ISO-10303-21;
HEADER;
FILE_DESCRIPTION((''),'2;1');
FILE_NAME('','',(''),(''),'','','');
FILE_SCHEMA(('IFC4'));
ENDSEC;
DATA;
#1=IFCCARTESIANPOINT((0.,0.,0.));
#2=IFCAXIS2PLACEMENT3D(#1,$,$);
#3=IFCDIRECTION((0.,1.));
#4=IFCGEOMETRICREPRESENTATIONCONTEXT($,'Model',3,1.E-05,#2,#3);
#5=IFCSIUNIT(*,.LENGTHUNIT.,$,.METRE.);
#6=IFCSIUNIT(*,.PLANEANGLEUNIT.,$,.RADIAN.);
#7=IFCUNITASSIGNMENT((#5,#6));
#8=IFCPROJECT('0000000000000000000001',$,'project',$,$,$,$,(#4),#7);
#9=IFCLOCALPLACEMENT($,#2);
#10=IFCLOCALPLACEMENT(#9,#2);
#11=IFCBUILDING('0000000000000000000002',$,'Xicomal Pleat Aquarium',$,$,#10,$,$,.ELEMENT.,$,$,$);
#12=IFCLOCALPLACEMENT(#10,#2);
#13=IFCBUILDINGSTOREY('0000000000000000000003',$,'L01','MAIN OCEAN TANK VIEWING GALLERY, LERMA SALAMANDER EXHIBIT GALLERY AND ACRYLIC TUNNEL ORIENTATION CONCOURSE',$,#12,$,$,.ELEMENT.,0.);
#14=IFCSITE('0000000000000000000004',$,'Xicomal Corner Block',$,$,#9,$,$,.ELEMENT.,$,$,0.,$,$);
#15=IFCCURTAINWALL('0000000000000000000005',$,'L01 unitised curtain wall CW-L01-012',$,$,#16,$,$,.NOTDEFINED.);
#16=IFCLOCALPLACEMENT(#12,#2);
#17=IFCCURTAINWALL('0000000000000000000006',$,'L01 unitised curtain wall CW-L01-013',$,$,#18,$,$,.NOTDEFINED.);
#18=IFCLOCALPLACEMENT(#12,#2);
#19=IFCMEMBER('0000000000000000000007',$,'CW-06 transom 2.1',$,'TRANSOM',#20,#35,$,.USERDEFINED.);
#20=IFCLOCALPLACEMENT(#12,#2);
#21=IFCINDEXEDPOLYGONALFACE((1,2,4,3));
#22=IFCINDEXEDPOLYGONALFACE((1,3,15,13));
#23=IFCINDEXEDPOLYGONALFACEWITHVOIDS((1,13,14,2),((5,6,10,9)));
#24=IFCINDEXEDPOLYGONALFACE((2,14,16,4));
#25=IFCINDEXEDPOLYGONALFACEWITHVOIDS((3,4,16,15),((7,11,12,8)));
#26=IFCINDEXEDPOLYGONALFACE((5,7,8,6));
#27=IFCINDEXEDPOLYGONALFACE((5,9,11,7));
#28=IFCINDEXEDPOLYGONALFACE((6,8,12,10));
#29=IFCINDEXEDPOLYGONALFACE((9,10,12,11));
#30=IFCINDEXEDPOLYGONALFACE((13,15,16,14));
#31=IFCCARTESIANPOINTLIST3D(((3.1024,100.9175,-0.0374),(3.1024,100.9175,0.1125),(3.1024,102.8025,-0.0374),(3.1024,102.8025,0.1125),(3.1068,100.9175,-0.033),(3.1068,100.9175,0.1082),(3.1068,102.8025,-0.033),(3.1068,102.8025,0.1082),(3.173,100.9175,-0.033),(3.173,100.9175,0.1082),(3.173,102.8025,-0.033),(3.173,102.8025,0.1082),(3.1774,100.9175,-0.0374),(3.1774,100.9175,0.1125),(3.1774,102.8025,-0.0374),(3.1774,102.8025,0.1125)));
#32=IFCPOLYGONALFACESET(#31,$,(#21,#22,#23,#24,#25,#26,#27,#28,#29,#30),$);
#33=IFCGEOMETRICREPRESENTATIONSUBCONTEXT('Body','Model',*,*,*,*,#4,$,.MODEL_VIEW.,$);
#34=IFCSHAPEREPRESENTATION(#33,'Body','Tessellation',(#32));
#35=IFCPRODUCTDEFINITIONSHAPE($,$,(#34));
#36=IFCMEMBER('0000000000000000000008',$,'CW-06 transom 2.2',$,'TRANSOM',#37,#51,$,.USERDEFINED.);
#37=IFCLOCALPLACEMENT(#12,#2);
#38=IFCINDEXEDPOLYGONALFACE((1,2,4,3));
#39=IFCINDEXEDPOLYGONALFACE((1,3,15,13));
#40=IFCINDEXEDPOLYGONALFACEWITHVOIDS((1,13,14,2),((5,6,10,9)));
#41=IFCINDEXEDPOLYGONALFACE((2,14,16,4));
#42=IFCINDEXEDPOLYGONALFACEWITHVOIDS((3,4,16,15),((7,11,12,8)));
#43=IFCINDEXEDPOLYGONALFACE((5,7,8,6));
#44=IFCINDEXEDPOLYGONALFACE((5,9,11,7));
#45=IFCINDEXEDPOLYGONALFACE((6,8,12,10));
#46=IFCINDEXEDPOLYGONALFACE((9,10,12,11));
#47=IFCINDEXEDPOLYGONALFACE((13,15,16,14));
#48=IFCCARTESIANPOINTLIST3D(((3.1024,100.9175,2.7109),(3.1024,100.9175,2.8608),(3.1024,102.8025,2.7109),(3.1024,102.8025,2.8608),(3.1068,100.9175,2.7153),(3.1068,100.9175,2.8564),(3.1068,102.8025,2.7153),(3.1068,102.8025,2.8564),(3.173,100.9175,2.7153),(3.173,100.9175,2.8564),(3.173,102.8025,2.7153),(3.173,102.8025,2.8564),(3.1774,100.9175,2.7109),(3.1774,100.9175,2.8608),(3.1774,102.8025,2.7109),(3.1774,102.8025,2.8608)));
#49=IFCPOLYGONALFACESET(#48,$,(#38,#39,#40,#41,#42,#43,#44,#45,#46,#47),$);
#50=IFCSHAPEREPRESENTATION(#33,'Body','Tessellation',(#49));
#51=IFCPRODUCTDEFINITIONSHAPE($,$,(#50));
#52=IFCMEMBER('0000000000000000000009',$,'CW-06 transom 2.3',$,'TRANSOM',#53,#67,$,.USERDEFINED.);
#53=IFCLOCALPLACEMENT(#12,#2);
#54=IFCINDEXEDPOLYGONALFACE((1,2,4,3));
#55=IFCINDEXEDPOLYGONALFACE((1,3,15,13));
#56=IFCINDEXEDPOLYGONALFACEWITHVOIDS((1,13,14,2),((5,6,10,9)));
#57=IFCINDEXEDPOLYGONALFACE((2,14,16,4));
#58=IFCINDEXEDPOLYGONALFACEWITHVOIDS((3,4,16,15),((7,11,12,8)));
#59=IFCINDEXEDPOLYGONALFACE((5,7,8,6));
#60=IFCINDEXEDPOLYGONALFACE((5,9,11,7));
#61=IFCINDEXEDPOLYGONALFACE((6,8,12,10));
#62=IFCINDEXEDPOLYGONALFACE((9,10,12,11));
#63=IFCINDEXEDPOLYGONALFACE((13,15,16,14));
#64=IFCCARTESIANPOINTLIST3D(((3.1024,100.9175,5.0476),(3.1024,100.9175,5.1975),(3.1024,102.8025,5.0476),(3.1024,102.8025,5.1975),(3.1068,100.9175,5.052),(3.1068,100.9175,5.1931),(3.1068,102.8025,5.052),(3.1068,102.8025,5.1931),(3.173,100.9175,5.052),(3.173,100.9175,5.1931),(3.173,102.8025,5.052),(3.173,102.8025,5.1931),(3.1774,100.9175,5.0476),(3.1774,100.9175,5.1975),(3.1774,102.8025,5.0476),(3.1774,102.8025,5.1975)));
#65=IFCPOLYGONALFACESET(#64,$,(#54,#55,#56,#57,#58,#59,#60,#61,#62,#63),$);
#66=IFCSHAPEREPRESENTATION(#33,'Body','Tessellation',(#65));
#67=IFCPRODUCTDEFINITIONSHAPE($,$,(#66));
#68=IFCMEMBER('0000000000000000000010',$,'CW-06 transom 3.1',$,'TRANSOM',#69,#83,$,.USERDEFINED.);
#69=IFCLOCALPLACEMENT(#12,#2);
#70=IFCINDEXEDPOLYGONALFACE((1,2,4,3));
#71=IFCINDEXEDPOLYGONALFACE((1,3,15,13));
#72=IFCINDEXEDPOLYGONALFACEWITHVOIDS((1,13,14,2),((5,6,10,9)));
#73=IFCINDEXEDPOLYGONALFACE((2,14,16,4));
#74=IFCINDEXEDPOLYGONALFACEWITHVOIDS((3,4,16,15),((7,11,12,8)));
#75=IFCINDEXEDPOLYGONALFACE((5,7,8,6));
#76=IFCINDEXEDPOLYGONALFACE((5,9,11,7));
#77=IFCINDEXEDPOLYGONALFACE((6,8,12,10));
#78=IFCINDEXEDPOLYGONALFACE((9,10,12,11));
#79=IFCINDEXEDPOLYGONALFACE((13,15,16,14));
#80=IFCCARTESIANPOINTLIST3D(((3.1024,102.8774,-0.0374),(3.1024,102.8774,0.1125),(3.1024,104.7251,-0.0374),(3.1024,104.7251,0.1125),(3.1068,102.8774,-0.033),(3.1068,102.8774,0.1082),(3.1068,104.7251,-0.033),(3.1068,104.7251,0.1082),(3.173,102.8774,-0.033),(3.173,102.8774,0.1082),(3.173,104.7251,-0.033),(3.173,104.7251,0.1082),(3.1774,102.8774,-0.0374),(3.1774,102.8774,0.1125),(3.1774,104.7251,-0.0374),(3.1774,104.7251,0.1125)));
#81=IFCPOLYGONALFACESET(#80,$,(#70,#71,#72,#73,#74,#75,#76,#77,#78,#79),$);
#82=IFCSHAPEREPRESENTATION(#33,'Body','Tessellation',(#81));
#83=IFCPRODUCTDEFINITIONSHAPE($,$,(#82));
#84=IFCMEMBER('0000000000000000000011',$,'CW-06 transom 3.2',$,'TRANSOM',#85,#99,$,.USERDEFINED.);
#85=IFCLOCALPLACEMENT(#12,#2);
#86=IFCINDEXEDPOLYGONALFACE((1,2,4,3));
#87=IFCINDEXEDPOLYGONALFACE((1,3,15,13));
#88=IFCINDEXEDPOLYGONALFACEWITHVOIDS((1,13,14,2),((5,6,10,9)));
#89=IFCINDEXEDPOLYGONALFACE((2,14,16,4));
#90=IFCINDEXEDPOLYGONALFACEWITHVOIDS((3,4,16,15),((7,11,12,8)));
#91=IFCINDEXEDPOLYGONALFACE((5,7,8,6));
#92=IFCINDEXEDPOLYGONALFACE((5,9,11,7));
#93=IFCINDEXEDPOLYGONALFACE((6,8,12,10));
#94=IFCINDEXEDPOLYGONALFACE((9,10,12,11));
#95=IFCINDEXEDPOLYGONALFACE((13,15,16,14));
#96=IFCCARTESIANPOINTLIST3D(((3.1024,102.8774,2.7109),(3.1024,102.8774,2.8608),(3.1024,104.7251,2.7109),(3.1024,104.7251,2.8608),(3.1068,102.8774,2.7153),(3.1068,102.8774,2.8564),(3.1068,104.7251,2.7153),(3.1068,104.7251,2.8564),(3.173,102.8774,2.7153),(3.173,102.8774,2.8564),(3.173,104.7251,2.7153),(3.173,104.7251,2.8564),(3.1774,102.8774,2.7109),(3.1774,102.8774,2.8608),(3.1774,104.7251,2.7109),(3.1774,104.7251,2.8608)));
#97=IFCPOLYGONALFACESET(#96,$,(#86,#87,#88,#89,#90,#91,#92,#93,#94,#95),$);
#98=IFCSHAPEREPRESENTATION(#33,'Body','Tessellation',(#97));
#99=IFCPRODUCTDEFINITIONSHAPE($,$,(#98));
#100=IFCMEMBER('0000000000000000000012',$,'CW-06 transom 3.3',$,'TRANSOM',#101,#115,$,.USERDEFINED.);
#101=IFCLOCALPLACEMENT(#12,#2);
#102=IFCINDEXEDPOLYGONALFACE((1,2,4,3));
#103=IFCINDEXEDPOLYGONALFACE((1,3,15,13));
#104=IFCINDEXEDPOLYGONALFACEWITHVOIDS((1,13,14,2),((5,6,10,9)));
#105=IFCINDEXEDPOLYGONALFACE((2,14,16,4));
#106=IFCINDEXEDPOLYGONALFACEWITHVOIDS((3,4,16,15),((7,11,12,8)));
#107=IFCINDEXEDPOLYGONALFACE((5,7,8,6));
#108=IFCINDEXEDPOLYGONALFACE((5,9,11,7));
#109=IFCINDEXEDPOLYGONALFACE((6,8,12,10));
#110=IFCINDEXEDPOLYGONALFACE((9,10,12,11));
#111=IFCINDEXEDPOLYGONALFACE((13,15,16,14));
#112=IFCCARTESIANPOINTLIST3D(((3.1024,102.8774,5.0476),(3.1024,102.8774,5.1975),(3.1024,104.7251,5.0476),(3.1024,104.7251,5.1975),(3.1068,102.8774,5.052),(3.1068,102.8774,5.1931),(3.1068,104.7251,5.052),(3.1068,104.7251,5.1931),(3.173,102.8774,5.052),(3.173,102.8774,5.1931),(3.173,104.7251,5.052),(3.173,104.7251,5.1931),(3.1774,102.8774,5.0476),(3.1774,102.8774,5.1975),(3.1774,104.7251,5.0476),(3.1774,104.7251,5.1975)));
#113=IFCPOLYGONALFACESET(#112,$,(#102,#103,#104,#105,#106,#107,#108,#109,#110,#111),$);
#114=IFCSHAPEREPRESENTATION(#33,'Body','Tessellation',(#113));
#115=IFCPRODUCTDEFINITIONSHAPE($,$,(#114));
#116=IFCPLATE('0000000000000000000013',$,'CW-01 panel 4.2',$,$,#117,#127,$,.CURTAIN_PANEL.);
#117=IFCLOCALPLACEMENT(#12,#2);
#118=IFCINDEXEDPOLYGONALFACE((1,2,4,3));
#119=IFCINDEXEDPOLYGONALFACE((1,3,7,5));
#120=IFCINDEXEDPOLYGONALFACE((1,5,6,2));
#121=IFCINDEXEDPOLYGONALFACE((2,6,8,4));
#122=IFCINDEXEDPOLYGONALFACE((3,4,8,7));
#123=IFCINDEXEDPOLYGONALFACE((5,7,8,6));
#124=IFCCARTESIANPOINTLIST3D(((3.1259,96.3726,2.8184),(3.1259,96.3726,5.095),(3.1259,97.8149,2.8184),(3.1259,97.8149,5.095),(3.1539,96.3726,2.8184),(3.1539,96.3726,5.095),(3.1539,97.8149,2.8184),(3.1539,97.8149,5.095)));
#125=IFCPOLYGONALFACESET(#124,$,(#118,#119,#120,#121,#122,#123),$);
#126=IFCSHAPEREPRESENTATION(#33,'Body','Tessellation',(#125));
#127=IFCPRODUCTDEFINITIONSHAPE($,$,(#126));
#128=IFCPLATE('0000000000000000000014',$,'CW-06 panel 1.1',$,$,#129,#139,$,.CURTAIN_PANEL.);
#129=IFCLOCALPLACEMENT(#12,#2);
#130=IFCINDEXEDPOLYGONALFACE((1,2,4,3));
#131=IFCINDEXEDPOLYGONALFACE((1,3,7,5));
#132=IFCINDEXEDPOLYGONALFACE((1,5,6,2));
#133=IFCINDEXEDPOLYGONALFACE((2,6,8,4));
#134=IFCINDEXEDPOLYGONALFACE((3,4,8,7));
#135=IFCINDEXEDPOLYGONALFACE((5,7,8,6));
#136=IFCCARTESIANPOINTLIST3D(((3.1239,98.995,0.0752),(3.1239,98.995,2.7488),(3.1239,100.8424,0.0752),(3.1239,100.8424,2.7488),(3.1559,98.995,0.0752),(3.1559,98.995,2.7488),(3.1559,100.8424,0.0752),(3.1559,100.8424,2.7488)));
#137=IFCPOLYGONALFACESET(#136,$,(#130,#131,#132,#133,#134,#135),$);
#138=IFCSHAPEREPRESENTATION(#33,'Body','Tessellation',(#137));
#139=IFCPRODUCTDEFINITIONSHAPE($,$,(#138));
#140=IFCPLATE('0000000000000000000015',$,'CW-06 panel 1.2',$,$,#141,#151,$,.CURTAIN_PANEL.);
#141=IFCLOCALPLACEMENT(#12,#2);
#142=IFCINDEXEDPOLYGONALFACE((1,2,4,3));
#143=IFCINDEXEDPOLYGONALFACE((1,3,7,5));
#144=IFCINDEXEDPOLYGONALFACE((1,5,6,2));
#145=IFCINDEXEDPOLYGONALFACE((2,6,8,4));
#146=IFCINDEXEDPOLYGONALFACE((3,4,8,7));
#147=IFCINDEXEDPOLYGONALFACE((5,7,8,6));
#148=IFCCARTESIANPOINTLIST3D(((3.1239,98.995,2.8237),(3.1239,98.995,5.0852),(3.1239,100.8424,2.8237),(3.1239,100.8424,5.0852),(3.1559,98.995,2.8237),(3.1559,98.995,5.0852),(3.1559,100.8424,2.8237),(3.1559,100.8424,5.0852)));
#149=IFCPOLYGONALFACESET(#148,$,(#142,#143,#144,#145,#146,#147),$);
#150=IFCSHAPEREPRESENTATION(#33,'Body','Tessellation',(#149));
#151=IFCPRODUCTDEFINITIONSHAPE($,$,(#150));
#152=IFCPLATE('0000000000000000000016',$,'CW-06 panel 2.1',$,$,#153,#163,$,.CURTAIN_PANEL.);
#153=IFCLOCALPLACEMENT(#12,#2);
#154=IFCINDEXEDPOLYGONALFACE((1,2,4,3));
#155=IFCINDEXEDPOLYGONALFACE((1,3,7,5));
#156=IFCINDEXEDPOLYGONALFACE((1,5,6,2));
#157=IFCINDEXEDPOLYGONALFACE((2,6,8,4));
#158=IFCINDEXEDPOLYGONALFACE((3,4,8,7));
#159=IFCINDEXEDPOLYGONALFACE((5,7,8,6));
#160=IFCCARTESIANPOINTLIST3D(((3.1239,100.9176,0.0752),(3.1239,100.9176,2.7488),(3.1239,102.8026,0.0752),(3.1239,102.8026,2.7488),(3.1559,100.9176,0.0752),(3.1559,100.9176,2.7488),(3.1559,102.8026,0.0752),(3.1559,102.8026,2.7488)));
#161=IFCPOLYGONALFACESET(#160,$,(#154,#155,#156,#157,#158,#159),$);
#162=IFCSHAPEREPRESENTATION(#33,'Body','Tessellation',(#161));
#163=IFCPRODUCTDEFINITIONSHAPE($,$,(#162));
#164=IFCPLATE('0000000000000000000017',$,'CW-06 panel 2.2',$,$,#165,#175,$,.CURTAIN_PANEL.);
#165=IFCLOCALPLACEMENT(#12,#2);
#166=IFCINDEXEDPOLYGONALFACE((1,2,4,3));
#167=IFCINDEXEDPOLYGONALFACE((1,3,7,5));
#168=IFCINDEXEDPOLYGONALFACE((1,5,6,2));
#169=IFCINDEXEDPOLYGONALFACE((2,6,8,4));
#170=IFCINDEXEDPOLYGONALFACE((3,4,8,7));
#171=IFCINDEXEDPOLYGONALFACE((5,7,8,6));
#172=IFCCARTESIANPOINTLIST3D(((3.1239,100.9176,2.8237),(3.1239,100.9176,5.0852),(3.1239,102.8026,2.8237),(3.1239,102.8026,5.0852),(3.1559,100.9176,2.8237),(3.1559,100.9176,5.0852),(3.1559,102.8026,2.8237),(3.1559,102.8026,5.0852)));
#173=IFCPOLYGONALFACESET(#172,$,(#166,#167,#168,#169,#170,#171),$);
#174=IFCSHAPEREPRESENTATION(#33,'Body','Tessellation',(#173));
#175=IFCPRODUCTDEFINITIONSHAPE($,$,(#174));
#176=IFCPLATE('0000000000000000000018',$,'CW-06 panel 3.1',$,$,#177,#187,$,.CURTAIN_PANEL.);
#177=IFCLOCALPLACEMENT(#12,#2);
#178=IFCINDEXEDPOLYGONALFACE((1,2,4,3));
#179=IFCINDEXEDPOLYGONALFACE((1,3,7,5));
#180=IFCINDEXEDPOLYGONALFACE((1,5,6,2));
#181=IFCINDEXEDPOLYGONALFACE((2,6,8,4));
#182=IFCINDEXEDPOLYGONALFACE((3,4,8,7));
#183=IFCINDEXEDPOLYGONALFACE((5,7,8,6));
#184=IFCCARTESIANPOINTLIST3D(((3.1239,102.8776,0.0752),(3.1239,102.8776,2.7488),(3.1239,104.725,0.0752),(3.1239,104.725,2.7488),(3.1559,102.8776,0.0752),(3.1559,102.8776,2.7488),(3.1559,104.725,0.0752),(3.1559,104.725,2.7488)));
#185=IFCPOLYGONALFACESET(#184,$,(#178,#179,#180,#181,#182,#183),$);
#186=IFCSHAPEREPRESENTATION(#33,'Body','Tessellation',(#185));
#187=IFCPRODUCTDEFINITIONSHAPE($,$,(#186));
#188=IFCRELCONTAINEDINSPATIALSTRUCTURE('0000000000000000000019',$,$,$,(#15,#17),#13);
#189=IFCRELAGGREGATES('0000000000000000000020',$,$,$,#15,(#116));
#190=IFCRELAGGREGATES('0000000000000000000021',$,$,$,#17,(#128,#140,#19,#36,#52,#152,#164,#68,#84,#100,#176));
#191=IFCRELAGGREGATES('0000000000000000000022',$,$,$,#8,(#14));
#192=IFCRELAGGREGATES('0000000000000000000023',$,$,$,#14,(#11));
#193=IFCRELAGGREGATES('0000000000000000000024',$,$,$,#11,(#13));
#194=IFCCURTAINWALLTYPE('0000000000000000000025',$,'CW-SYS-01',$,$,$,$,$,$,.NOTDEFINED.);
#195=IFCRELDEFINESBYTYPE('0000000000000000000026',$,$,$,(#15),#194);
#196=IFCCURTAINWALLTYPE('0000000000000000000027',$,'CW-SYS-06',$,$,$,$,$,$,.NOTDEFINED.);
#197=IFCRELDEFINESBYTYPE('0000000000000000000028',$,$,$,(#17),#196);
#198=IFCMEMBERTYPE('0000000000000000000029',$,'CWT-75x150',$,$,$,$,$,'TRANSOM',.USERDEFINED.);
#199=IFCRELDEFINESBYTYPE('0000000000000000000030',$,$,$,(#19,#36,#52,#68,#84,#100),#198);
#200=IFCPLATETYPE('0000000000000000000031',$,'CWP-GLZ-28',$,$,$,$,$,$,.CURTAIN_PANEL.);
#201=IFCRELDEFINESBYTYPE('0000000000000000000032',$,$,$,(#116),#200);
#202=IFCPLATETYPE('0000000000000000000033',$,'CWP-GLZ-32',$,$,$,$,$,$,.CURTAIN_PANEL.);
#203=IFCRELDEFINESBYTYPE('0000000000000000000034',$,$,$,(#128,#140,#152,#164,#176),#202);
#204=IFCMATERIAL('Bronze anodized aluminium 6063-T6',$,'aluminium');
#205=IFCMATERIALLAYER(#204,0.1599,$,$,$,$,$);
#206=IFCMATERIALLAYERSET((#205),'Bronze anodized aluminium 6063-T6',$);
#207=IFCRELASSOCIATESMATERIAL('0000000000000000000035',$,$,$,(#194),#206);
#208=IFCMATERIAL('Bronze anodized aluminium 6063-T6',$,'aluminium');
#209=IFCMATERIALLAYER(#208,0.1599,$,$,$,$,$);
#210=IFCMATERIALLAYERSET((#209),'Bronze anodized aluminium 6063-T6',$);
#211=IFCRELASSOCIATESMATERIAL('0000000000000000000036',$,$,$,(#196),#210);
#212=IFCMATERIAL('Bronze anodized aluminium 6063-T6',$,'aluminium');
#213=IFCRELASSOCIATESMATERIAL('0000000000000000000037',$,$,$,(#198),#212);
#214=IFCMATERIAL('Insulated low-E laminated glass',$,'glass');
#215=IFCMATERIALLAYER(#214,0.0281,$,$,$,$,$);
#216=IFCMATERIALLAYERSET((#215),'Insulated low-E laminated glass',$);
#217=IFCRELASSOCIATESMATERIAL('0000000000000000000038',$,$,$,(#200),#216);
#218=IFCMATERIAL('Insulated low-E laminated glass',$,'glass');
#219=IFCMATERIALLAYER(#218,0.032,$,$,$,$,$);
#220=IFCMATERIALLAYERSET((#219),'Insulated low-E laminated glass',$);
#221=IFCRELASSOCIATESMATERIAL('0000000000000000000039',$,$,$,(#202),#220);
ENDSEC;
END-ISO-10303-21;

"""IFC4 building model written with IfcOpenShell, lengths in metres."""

from ifc_helpers import new_model, si_unit, direction, frame, origin, origin_2d, place, context, subcontext, project, spatial, rectangle, hollow_rectangle, extrude, material, layer, layer_set, material_profile, profile_set, type_object, element, aggregate, save


model = new_model("IFC4")

# Units and contexts
model_context = context("Model", 3, precision=1e-05, world=origin(), true_north=direction((0.0, 1.0)))
body_context = subcontext(model_context, "Body", "Model", "MODEL_VIEW")
ifc_project = project(units=[si_unit("LENGTHUNIT", "METRE"), si_unit("PLANEANGLEUNIT", "RADIAN")], contexts=[model_context])

# Site, building, storey
site_placement = place(None, origin())
site = spatial("IfcSite", under=ifc_project, at=site_placement, Name="Xicomal Corner Block", CompositionType="ELEMENT", RefElevation=0.0)
building_placement = place(site_placement, origin())
building = spatial("IfcBuilding", under=site, at=building_placement, Name="Xicomal Pleat Aquarium", CompositionType="ELEMENT")
storey_placement = place(building_placement, origin())
storey = spatial("IfcBuildingStorey", under=building, at=storey_placement, Name="L01", Description="MAIN OCEAN TANK VIEWING GALLERY, LERMA SALAMANDER EXHIBIT GALLERY AND ACRYLIC TUNNEL ORIENTATION CONCOURSE", CompositionType="ELEMENT", Elevation=0.0)

# Curtain wall
ifc_material_1 = material(Name="Bronze anodized aluminium 6063-T6", Category="aluminium")
ifc_layer_1 = layer(ifc_material_1, 0.1599)
ifc_layer_set_1 = layer_set([ifc_layer_1], Name="Bronze anodized aluminium 6063-T6")
curtain_wall_type_1 = type_object("IfcCurtainWallType", Name="CW-SYS-01", PredefinedType="NOTDEFINED", material=ifc_layer_set_1)
curtain_wall_1_placement = place(storey_placement, origin())
curtain_wall_1 = element("IfcCurtainWall", 1, at=curtain_wall_1_placement, inside=storey, type_object=curtain_wall_type_1, Name="L01 unitised curtain wall CW-L01-012", PredefinedType="NOTDEFINED")

# Curtain wall, members
ifc_material_2 = material(Name="Bronze anodized aluminium 6063-T6", Category="aluminium")
ifc_layer_2 = layer(ifc_material_2, 0.1599)
ifc_layer_set_2 = layer_set([ifc_layer_2], Name="Bronze anodized aluminium 6063-T6")
curtain_wall_type_2 = type_object("IfcCurtainWallType", Name="CW-SYS-06", PredefinedType="NOTDEFINED", material=ifc_layer_set_2)
curtain_wall_2_placement = place(storey_placement, origin())
curtain_wall_2 = element("IfcCurtainWall", 2, at=curtain_wall_2_placement, inside=storey, type_object=curtain_wall_type_2, Name="L01 unitised curtain wall CW-L01-013", PredefinedType="NOTDEFINED")
ifc_material_3 = material(Name="Bronze anodized aluminium 6063-T6", Category="aluminium")
ifc_material_profile_1 = material_profile(ifc_material_3, hollow_rectangle(XDim=0.075, YDim=0.1499, WallThickness=0.0044, at=origin_2d()), Name="ALU TRAN 75x150")
ifc_profile_set_1 = profile_set([ifc_material_profile_1], Name="Bronze anodized aluminium 6063-T6")
member_type_1 = type_object("IfcMemberType", Name="CWT-75x150", ElementType="TRANSOM", PredefinedType="USERDEFINED", material=ifc_profile_set_1)
member_1_placement = place(storey_placement, frame((3.1399, 100.9175, 0.0376), z_axis=(0.0, 1.0, 0.0), x_axis=(-1.0, 0.0, 0.0)))
member_1 = element("IfcMember", 3, at=member_1_placement, type_object=member_type_1, Name="CW-06 transom 2.1", ObjectType="TRANSOM", PredefinedType="USERDEFINED", context=body_context, shape_type="SweptSolid", body=[
    extrude(hollow_rectangle(XDim=0.075, YDim=0.1499, WallThickness=0.0044, at=origin_2d()), origin(), (0.0, 0.0, 1.0), 1.885),
])
member_2_placement = place(storey_placement, frame((3.1399, 100.9175, 2.7859), z_axis=(0.0, 1.0, 0.0), x_axis=(-1.0, 0.0, 0.0)))
member_2 = element("IfcMember", 4, at=member_2_placement, type_object=member_type_1, Name="CW-06 transom 2.2", ObjectType="TRANSOM", PredefinedType="USERDEFINED", context=body_context, shape_type="SweptSolid", body=[
    extrude(hollow_rectangle(XDim=0.075, YDim=0.1499, WallThickness=0.0044, at=origin_2d()), origin(), (0.0, 0.0, 1.0), 1.885),
])
member_3_placement = place(storey_placement, frame((3.1399, 100.9175, 5.1226), z_axis=(0.0, 1.0, 0.0), x_axis=(-1.0, 0.0, 0.0)))
member_3 = element("IfcMember", 5, at=member_3_placement, type_object=member_type_1, Name="CW-06 transom 2.3", ObjectType="TRANSOM", PredefinedType="USERDEFINED", context=body_context, shape_type="SweptSolid", body=[
    extrude(hollow_rectangle(XDim=0.075, YDim=0.1499, WallThickness=0.0044, at=origin_2d()), origin(), (0.0, 0.0, 1.0), 1.885),
])
member_4_placement = place(storey_placement, frame((3.1399, 102.8774, 0.0376), z_axis=(0.0, 1.0, 0.0), x_axis=(-1.0, 0.0, 0.0)))
member_4 = element("IfcMember", 6, at=member_4_placement, type_object=member_type_1, Name="CW-06 transom 3.1", ObjectType="TRANSOM", PredefinedType="USERDEFINED", context=body_context, shape_type="SweptSolid", body=[
    extrude(hollow_rectangle(XDim=0.075, YDim=0.1499, WallThickness=0.0044, at=origin_2d()), origin(), (0.0, 0.0, 1.0), 1.8477),
])
member_5_placement = place(storey_placement, frame((3.1399, 102.8774, 2.7859), z_axis=(0.0, 1.0, 0.0), x_axis=(-1.0, 0.0, 0.0)))
member_5 = element("IfcMember", 7, at=member_5_placement, type_object=member_type_1, Name="CW-06 transom 3.2", ObjectType="TRANSOM", PredefinedType="USERDEFINED", context=body_context, shape_type="SweptSolid", body=[
    extrude(hollow_rectangle(XDim=0.075, YDim=0.1499, WallThickness=0.0044, at=origin_2d()), origin(), (0.0, 0.0, 1.0), 1.8477),
])
member_6_placement = place(storey_placement, frame((3.1399, 102.8774, 5.1226), z_axis=(0.0, 1.0, 0.0), x_axis=(-1.0, 0.0, 0.0)))
member_6 = element("IfcMember", 8, at=member_6_placement, type_object=member_type_1, Name="CW-06 transom 3.3", ObjectType="TRANSOM", PredefinedType="USERDEFINED", context=body_context, shape_type="SweptSolid", body=[
    extrude(hollow_rectangle(XDim=0.075, YDim=0.1499, WallThickness=0.0044, at=origin_2d()), origin(), (0.0, 0.0, 1.0), 1.8477),
])

# Plates
ifc_material_4 = material(Name="Insulated low-E laminated glass", Category="glass")
ifc_layer_3 = layer(ifc_material_4, 0.0281)
ifc_layer_set_3 = layer_set([ifc_layer_3], Name="Insulated low-E laminated glass")
plate_type_1 = type_object("IfcPlateType", Name="CWP-GLZ-28", PredefinedType="CURTAIN_PANEL", material=ifc_layer_set_3)
plate_1_placement = place(storey_placement, frame((3.1399, 97.0938, 2.8184), z_axis=(0.0, 0.0, 1.0), x_axis=(0.0, 1.0, 0.0)))
plate_1 = element("IfcPlate", 9, at=plate_1_placement, type_object=plate_type_1, Name="CW-01 panel 4.2", PredefinedType="CURTAIN_PANEL", context=body_context, shape_type="SweptSolid", body=[
    extrude(rectangle(XDim=1.4424, YDim=0.0281, at=origin_2d()), origin(), (0.0, 0.0, 1.0), 2.2766),
])
aggregate(curtain_wall_1, [plate_1])
ifc_material_5 = material(Name="Insulated low-E laminated glass", Category="glass")
ifc_layer_4 = layer(ifc_material_5, 0.032)
ifc_layer_set_4 = layer_set([ifc_layer_4], Name="Insulated low-E laminated glass")
plate_type_2 = type_object("IfcPlateType", Name="CWP-GLZ-32", PredefinedType="CURTAIN_PANEL", material=ifc_layer_set_4)
plate_2_placement = place(storey_placement, frame((3.1399, 99.9187, 0.0752), z_axis=(0.0, 0.0, 1.0), x_axis=(0.0, 1.0, 0.0)))
plate_2 = element("IfcPlate", 10, at=plate_2_placement, type_object=plate_type_2, Name="CW-06 panel 1.1", PredefinedType="CURTAIN_PANEL", context=body_context, shape_type="SweptSolid", body=[
    extrude(rectangle(XDim=1.8474, YDim=0.032, at=origin_2d()), origin(), (0.0, 0.0, 1.0), 2.6736),
])
plate_3_placement = place(storey_placement, frame((3.1399, 99.9187, 2.8237), z_axis=(0.0, 0.0, 1.0), x_axis=(0.0, 1.0, 0.0)))
plate_3 = element("IfcPlate", 11, at=plate_3_placement, type_object=plate_type_2, Name="CW-06 panel 1.2", PredefinedType="CURTAIN_PANEL", context=body_context, shape_type="SweptSolid", body=[
    extrude(rectangle(XDim=1.8474, YDim=0.032, at=origin_2d()), origin(), (0.0, 0.0, 1.0), 2.2615),
])
plate_4_placement = place(storey_placement, frame((3.1399, 101.8601, 0.0752), z_axis=(0.0, 0.0, 1.0), x_axis=(0.0, 1.0, 0.0)))
plate_4 = element("IfcPlate", 12, at=plate_4_placement, type_object=plate_type_2, Name="CW-06 panel 2.1", PredefinedType="CURTAIN_PANEL", context=body_context, shape_type="SweptSolid", body=[
    extrude(rectangle(XDim=1.885, YDim=0.032, at=origin_2d()), origin(), (0.0, 0.0, 1.0), 2.6736),
])
plate_5_placement = place(storey_placement, frame((3.1399, 101.8601, 2.8237), z_axis=(0.0, 0.0, 1.0), x_axis=(0.0, 1.0, 0.0)))
plate_5 = element("IfcPlate", 13, at=plate_5_placement, type_object=plate_type_2, Name="CW-06 panel 2.2", PredefinedType="CURTAIN_PANEL", context=body_context, shape_type="SweptSolid", body=[
    extrude(rectangle(XDim=1.885, YDim=0.032, at=origin_2d()), origin(), (0.0, 0.0, 1.0), 2.2615),
])
plate_6_placement = place(storey_placement, frame((3.1399, 103.8013, 0.0752), z_axis=(0.0, 0.0, 1.0), x_axis=(0.0, 1.0, 0.0)))
plate_6 = element("IfcPlate", 14, at=plate_6_placement, type_object=plate_type_2, Name="CW-06 panel 3.1", PredefinedType="CURTAIN_PANEL", context=body_context, shape_type="SweptSolid", body=[
    extrude(rectangle(XDim=1.8474, YDim=0.032, at=origin_2d()), origin(), (0.0, 0.0, 1.0), 2.6736),
])
aggregate(curtain_wall_2, [plate_2, plate_3, member_1, member_2, member_3, plate_4, plate_5, member_4, member_5, member_6, plate_6])

save(model, "model.ifc")
